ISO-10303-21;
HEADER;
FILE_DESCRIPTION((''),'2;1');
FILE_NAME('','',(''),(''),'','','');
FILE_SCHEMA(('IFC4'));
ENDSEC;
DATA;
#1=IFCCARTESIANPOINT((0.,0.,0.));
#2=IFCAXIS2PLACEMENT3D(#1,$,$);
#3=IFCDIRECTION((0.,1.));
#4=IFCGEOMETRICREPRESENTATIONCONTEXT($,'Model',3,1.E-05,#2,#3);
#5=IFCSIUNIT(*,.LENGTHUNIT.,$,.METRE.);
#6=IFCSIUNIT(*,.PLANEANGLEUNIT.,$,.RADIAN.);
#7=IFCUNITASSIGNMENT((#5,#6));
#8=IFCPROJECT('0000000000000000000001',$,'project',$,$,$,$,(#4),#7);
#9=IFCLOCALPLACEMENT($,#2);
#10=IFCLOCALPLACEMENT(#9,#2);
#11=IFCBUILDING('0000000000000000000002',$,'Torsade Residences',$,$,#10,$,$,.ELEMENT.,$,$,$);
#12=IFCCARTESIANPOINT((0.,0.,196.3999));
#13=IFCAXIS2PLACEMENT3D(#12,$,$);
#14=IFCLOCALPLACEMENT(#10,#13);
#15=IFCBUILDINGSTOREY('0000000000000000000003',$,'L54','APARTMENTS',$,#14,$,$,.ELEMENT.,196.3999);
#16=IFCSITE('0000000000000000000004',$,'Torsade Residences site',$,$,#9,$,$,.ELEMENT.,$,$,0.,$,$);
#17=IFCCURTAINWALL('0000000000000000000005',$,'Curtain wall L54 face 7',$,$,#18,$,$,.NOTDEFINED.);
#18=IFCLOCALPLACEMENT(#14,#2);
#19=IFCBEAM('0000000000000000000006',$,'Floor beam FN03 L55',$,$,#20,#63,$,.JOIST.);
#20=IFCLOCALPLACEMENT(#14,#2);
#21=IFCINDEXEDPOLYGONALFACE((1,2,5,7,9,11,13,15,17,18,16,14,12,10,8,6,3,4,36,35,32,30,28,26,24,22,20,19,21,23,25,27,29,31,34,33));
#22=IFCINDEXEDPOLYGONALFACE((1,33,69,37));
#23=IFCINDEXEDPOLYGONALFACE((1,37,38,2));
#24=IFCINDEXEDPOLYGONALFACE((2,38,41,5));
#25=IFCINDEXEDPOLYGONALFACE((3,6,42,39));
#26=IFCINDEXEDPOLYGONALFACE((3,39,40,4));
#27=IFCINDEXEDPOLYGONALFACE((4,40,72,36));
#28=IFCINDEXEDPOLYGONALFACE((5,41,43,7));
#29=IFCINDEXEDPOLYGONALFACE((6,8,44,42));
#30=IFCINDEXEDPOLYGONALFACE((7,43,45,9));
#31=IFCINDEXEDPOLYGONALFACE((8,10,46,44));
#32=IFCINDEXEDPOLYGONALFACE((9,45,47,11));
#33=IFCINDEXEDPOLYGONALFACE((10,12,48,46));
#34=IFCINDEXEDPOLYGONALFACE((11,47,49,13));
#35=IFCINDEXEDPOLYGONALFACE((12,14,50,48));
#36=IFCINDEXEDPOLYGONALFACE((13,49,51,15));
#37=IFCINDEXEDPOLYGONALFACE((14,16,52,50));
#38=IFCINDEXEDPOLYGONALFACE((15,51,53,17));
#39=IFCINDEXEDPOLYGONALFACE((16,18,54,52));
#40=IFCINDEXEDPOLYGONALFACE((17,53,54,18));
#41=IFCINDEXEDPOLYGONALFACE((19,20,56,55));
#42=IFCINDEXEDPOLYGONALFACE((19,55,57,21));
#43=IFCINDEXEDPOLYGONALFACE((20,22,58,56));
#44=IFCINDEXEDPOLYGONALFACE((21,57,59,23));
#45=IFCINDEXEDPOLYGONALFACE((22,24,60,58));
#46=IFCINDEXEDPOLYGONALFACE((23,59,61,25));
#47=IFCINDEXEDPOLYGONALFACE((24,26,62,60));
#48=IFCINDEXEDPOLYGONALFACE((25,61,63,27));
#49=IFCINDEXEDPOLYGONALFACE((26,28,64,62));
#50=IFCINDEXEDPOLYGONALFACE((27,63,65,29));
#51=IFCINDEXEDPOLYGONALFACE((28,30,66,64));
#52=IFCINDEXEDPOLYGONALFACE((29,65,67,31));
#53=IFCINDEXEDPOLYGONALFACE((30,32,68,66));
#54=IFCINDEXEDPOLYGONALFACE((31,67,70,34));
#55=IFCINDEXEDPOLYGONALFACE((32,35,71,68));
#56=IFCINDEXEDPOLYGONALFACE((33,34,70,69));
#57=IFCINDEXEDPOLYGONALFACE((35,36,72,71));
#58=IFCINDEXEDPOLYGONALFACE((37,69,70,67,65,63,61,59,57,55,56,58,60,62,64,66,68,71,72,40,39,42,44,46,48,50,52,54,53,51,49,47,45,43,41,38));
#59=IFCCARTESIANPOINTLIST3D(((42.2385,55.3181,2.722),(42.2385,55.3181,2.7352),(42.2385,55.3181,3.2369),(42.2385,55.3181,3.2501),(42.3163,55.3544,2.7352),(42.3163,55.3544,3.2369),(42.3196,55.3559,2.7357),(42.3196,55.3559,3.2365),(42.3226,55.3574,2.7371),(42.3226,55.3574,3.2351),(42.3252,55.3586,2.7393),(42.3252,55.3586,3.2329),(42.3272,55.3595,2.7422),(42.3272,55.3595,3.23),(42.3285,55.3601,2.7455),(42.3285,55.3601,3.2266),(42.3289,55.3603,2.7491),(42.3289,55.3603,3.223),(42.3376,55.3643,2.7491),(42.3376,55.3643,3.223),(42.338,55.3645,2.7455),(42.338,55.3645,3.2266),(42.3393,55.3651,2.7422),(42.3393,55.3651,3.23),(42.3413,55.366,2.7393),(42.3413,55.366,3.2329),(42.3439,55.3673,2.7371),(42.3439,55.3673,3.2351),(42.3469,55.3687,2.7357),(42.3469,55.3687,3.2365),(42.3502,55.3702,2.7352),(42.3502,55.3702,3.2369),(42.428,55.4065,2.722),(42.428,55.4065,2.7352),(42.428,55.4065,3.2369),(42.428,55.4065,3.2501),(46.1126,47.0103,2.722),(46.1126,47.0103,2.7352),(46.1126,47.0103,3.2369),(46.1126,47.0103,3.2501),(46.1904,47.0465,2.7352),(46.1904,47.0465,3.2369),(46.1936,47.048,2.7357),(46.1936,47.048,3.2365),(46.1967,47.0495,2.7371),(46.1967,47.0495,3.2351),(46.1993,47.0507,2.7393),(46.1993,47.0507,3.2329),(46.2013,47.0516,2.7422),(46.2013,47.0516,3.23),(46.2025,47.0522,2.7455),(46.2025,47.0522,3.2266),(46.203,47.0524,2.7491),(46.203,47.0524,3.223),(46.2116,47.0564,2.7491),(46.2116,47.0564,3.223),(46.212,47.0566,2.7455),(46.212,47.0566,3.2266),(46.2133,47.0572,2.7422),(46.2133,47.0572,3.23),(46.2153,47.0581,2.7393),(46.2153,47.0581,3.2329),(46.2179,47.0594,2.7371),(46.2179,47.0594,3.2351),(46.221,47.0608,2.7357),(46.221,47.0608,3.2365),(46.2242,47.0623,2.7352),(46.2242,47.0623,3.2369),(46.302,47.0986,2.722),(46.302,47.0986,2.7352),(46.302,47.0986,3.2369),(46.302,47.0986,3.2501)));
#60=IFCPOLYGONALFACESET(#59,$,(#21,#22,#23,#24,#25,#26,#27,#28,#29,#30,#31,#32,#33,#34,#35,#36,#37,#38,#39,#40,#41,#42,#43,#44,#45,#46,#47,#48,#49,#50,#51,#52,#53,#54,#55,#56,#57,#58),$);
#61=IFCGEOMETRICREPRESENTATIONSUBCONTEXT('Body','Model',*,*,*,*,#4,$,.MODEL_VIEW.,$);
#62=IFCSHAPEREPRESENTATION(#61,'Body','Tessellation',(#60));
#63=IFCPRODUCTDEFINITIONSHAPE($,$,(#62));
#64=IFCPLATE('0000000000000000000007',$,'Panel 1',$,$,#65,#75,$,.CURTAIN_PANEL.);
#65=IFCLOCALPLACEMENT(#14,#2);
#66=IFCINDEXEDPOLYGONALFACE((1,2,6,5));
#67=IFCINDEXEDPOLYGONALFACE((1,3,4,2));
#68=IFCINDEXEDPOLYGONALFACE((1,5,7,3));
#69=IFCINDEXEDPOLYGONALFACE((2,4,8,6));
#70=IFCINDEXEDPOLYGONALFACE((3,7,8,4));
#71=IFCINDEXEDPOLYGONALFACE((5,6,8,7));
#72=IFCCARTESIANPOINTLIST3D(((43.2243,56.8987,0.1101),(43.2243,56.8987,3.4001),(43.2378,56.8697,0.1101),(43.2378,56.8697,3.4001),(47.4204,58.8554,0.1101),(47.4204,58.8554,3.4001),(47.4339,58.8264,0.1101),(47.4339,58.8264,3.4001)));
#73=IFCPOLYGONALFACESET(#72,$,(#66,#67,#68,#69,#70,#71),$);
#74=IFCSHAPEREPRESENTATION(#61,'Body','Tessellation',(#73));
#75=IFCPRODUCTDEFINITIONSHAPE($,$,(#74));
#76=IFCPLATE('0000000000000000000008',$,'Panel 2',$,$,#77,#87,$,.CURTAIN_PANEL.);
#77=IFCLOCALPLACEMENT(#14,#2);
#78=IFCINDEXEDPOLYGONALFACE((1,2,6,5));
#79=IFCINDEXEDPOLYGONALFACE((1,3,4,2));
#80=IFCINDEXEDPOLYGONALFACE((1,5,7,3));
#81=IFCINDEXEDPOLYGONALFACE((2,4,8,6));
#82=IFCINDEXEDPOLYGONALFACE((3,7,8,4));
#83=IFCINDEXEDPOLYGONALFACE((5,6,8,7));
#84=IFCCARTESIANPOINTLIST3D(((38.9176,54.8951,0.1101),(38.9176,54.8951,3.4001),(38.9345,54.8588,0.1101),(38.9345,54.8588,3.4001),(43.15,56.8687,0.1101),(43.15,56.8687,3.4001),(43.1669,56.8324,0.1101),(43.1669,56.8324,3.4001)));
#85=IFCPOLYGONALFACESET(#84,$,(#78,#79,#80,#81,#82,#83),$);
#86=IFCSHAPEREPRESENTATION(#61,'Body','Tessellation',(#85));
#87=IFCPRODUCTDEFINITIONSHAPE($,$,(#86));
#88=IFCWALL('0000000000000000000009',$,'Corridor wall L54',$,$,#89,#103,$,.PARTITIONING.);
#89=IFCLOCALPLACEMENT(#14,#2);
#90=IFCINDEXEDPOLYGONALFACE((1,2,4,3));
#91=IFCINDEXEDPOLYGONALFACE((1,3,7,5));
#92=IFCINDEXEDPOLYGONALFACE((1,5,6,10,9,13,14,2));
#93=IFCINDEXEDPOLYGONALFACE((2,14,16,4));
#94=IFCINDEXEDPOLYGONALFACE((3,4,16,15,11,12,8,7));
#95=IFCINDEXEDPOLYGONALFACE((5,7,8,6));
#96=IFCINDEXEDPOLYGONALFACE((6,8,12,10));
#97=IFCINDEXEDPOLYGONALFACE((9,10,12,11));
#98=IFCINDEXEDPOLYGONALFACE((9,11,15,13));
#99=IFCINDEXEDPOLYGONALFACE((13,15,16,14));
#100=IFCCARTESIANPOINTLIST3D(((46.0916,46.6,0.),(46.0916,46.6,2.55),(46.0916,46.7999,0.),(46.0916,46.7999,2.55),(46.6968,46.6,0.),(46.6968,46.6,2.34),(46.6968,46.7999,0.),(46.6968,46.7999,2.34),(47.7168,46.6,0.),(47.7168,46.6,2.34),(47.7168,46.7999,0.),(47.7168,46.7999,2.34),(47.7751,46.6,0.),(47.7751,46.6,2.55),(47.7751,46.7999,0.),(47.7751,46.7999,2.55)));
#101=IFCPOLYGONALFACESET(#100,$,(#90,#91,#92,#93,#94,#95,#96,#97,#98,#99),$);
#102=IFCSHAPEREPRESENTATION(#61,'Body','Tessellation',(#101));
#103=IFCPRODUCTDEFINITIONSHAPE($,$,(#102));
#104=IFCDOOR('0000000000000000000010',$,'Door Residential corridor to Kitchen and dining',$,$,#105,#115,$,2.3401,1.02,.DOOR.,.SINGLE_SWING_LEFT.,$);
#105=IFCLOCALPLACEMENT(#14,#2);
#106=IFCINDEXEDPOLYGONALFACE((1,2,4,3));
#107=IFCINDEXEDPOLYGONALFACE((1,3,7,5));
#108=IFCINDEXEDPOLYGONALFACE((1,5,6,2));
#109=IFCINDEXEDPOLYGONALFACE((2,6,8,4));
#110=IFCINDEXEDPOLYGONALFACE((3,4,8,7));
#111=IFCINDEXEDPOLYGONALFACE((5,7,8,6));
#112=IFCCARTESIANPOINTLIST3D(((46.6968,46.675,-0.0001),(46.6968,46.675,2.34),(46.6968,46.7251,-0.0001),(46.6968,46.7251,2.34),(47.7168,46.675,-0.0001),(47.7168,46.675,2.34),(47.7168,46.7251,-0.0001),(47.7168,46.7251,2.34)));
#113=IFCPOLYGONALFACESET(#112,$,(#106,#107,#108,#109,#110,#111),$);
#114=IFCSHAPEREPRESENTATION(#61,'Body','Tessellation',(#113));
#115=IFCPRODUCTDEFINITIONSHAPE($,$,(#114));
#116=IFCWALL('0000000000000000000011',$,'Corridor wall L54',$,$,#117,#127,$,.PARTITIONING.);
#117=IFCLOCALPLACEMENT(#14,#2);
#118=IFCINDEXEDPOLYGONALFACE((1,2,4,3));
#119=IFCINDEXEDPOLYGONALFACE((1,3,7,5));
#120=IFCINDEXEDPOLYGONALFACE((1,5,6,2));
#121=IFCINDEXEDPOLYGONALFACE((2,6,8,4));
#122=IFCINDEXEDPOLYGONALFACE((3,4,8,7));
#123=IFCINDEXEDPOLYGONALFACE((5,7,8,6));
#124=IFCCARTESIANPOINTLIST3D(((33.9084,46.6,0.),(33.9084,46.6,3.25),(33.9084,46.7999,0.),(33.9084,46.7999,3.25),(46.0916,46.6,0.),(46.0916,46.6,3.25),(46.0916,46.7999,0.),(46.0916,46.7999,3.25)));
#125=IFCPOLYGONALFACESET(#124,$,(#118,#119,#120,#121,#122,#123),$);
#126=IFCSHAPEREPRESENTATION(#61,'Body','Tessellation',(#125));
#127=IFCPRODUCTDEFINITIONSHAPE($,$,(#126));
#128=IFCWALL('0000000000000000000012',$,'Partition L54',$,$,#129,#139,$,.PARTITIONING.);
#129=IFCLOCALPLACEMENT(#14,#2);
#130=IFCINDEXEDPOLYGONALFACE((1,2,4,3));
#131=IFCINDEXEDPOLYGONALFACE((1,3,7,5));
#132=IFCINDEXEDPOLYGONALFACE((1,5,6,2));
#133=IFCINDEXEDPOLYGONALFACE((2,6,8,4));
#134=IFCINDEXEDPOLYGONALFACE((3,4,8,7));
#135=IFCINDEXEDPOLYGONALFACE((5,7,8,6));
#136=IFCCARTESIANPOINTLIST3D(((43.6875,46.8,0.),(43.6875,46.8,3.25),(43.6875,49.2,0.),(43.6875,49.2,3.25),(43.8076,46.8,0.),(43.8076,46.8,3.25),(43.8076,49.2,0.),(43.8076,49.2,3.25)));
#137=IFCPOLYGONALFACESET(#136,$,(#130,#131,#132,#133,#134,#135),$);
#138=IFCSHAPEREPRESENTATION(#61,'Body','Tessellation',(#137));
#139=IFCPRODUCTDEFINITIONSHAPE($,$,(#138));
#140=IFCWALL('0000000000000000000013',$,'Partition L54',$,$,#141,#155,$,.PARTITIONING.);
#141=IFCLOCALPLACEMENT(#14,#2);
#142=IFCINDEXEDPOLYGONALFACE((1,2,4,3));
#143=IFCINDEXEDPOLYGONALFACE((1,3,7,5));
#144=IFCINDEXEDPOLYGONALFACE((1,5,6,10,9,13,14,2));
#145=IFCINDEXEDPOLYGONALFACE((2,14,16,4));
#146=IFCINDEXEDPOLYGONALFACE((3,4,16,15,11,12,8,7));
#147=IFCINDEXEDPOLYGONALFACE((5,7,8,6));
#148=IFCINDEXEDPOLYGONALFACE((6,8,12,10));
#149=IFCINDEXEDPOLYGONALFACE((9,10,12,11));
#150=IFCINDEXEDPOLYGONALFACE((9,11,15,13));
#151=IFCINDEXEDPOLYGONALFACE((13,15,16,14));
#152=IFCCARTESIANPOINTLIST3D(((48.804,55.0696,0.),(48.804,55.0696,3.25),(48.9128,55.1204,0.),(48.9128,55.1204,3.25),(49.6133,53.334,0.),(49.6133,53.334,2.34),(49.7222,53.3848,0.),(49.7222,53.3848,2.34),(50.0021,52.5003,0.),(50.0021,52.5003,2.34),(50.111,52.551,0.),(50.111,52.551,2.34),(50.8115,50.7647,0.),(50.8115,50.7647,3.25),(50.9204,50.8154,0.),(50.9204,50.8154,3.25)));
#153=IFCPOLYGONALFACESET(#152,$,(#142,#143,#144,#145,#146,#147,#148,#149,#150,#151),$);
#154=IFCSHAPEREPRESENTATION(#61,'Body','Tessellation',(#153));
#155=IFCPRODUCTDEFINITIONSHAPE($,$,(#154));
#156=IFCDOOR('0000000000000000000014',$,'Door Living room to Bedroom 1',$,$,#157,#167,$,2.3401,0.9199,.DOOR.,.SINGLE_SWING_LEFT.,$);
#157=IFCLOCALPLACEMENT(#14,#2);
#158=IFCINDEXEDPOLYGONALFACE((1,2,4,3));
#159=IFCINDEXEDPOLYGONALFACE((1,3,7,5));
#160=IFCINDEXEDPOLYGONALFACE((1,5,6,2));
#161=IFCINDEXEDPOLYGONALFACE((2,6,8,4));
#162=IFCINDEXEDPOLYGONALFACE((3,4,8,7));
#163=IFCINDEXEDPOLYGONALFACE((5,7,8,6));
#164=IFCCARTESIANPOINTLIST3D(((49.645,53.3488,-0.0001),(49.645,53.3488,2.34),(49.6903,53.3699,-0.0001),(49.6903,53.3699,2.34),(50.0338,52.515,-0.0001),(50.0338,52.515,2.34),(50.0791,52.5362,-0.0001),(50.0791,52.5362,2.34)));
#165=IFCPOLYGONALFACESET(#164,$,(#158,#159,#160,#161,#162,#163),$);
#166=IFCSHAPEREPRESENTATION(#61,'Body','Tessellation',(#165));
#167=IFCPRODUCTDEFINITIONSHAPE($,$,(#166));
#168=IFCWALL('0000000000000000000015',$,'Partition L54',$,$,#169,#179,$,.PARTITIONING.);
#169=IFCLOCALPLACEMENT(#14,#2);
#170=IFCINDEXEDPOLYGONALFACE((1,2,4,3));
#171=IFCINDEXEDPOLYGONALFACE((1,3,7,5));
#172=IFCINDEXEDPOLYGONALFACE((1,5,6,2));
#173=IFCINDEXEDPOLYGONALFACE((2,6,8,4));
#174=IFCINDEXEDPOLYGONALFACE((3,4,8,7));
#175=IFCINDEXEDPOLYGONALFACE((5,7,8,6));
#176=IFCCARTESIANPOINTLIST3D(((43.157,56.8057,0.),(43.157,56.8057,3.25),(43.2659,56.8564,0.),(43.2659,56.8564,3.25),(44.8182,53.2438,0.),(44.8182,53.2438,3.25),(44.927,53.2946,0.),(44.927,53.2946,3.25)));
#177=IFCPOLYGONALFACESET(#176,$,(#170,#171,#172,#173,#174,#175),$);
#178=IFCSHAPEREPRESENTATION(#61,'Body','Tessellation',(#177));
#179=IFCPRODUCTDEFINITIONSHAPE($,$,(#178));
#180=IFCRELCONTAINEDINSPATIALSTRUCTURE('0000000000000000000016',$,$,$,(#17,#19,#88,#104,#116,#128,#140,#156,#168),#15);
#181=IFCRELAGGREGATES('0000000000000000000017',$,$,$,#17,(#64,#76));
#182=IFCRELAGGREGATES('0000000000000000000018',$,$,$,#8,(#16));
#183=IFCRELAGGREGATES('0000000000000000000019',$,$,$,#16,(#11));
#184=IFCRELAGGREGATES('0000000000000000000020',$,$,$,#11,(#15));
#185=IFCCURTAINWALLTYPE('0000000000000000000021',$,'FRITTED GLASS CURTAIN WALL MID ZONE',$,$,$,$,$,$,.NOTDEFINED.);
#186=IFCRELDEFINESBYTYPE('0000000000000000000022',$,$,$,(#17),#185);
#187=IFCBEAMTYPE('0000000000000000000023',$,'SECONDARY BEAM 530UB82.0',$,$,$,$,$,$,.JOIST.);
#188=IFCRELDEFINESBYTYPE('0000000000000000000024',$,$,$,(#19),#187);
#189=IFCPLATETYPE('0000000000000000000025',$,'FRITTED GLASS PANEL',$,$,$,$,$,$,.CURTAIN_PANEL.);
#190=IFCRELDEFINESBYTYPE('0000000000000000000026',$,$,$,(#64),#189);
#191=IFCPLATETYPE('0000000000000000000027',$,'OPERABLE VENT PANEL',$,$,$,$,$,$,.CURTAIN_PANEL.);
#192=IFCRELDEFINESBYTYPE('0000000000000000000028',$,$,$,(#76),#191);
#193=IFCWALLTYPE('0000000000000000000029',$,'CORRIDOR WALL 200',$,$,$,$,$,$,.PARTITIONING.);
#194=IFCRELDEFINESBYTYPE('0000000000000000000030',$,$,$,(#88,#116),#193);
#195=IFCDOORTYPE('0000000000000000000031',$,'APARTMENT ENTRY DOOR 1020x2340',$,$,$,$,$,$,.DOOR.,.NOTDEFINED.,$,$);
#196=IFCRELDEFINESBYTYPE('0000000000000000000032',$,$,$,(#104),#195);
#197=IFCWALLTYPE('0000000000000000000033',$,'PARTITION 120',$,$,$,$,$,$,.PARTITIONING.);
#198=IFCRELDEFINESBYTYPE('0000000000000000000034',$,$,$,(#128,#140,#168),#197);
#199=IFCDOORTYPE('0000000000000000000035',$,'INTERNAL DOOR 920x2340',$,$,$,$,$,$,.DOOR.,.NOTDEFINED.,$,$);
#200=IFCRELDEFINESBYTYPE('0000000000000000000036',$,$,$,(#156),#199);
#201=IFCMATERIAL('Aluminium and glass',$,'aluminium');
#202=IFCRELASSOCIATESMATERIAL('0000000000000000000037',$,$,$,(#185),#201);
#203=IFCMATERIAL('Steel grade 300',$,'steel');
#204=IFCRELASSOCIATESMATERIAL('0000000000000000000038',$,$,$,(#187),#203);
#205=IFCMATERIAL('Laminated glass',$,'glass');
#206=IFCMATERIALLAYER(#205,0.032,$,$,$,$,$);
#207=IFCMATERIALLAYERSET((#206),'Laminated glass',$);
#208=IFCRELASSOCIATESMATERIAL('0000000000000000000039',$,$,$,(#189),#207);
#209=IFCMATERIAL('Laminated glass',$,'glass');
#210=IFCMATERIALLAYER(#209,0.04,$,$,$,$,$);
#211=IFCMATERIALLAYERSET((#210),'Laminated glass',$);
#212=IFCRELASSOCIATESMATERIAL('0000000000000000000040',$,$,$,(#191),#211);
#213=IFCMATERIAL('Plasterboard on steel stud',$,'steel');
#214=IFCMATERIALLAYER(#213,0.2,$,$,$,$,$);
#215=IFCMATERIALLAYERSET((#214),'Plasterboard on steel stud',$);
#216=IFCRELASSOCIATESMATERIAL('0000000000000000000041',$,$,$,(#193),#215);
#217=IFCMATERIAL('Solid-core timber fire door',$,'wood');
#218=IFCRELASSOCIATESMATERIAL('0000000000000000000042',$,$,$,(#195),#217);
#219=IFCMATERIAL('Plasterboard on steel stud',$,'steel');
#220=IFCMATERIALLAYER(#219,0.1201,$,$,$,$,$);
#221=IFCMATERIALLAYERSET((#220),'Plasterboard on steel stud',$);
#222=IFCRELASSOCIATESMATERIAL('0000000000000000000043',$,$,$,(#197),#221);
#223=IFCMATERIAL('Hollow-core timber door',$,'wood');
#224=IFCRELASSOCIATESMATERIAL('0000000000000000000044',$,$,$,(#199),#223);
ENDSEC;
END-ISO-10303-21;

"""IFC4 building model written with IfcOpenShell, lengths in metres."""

from ifc_helpers import new_model, si_unit, direction, frame, frame_2d, origin, origin_2d, place, context, subcontext, project, spatial, rectangle, i_section, extrude, material, layer, layer_set, material_profile, profile_set, type_object, element, fill, aggregate, save


model = new_model("IFC4")

# Units and contexts
model_context = context("Model", 3, precision=1e-05, world=origin(), true_north=direction((0.0, 1.0)))
body_context = subcontext(model_context, "Body", "Model", "MODEL_VIEW")
ifc_project = project(units=[si_unit("LENGTHUNIT", "METRE"), si_unit("PLANEANGLEUNIT", "RADIAN")], contexts=[model_context])

# Site, building, storey
site_placement = place(None, origin())
site = spatial("IfcSite", under=ifc_project, at=site_placement, Name="Torsade Residences site", CompositionType="ELEMENT", RefElevation=0.0)
building_placement = place(site_placement, origin())
building = spatial("IfcBuilding", under=site, at=building_placement, Name="Torsade Residences", CompositionType="ELEMENT")
storey_placement = place(building_placement, frame((0.0, 0.0, 196.3999)))
storey = spatial("IfcBuildingStorey", under=building, at=storey_placement, Name="L54", Description="APARTMENTS", CompositionType="ELEMENT", Elevation=196.3999)

# Curtain wall
ifc_material_1 = material(Name="Aluminium and glass", Category="aluminium")
curtain_wall_type = type_object("IfcCurtainWallType", Name="FRITTED GLASS CURTAIN WALL MID ZONE", PredefinedType="NOTDEFINED", material=ifc_material_1)
curtain_wall_placement = place(storey_placement, origin())
curtain_wall = element("IfcCurtainWall", 1, at=curtain_wall_placement, inside=storey, type_object=curtain_wall_type, Name="Curtain wall L54 face 7", PredefinedType="NOTDEFINED")

# Beam
ifc_material_2 = material(Name="Steel grade 300", Category="steel")
ifc_material_profile_1 = material_profile(ifc_material_2, i_section(OverallWidth=0.209, OverallDepth=0.5281, WebThickness=0.0095, FlangeThickness=0.0132, FilletRadius=0.0139, at=origin_2d()), Name="530UB82.0")
ifc_profile_set_1 = profile_set([ifc_material_profile_1], Name="Steel grade 300")
beam_type_1 = type_object("IfcBeamType", Name="SECONDARY BEAM 530UB82.0", PredefinedType="JOIST", material=ifc_profile_set_1)
beam_1_placement = place(storey_placement, frame((42.3333, 55.3623, 2.9861), z_axis=(0.422619, -0.906308, 0.0), x_axis=(0.906308, 0.422619, 0.0)))
element("IfcBeam", 2, at=beam_1_placement, inside=storey, type_object=beam_type_1, Name="Floor beam FN03 L55", PredefinedType="JOIST", context=body_context, shape_type="SweptSolid", body=[
    extrude(i_section(OverallWidth=0.209, OverallDepth=0.5281, WebThickness=0.0095, FlangeThickness=0.0132, FilletRadius=0.0139, at=origin_2d()), origin(), (0.0, 0.0, 1.0), 9.1667),
])

# Plates
ifc_material_3 = material(Name="Laminated glass", Category="glass")
ifc_layer_1 = layer(ifc_material_3, 0.032)
ifc_layer_set_1 = layer_set([ifc_layer_1], Name="Laminated glass")
plate_type_1 = type_object("IfcPlateType", Name="FRITTED GLASS PANEL", PredefinedType="CURTAIN_PANEL", material=ifc_layer_set_1)
plate_1_placement = place(storey_placement, frame((45.3291, 57.8625, 0.1101), z_axis=(0.0, 0.0, 1.0), x_axis=(-0.906308, -0.422618, 0.0)))
plate_1 = element("IfcPlate", 3, at=plate_1_placement, type_object=plate_type_1, Name="Panel 1", PredefinedType="CURTAIN_PANEL", context=body_context, shape_type="SweptSolid", body=[
    extrude(rectangle(XDim=4.6299, YDim=0.032, at=origin_2d()), origin(), (0.0, 0.0, 1.0), 3.29),
])
ifc_material_4 = material(Name="Laminated glass", Category="glass")
ifc_layer_2 = layer(ifc_material_4, 0.04)
ifc_layer_set_2 = layer_set([ifc_layer_2], Name="Laminated glass")
plate_type_2 = type_object("IfcPlateType", Name="OPERABLE VENT PANEL", PredefinedType="CURTAIN_PANEL", material=ifc_layer_set_2)
plate_2_placement = place(storey_placement, frame((41.0422, 55.8638, 0.1101), z_axis=(0.0, 0.0, 1.0), x_axis=(-0.906308, -0.422618, 0.0)))
plate_2 = element("IfcPlate", 4, at=plate_2_placement, type_object=plate_type_2, Name="Panel 2", PredefinedType="CURTAIN_PANEL", context=body_context, shape_type="SweptSolid", body=[
    extrude(rectangle(XDim=4.6699, YDim=0.04, at=origin_2d()), origin(), (0.0, 0.0, 1.0), 3.29),
])
aggregate(curtain_wall, [plate_1, plate_2])

# Wall, opening, door
ifc_material_5 = material(Name="Plasterboard on steel stud", Category="steel")
ifc_layer_3 = layer(ifc_material_5, 0.2)
ifc_layer_set_3 = layer_set([ifc_layer_3], Name="Plasterboard on steel stud")
wall_type_1 = type_object("IfcWallType", Name="CORRIDOR WALL 200", PredefinedType="PARTITIONING", material=ifc_layer_set_3)
wall_1_placement = place(storey_placement, frame((47.7751, 46.7, 0.0), z_axis=(0.0, 0.0, 1.0), x_axis=(-1.0, 0.0, 0.0)))
wall_1 = element("IfcWall", 5, at=wall_1_placement, inside=storey, type_object=wall_type_1, Name="Corridor wall L54", PredefinedType="PARTITIONING", context=body_context, shape_type="SweptSolid", body=[
    extrude(rectangle(XDim=1.6836, YDim=0.2, at=frame_2d((0.8418, 0.0))), origin(), (0.0, 0.0, 1.0), 2.55),
])
opening_1_placement = place(wall_1_placement, frame((0.0583, 0.0, 0.0)))
opening_1 = element("IfcOpeningElement", 6, at=opening_1_placement, cuts=wall_1, PredefinedType="OPENING", context=body_context, shape_type="SweptSolid", body=[
    extrude(rectangle(XDim=1.02, YDim=2.3401, at=frame_2d((0.51, 1.1699))), frame((0.0, 0.1099, 0.0), z_axis=(0.0, -1.0, 0.0), x_axis=(1.0, 0.0, 0.0)), (0.0, 0.0, 1.0), 0.22),
])
ifc_material_6 = material(Name="Solid-core timber fire door", Category="wood")
door_type_1 = type_object("IfcDoorType", Name="APARTMENT ENTRY DOOR 1020x2340", OperationType="NOTDEFINED", PredefinedType="DOOR", material=ifc_material_6)
door_1_placement = place(opening_1_placement, origin())
door_1 = element("IfcDoor", 7, at=door_1_placement, inside=storey, type_object=door_type_1, Name="Door Residential corridor to Kitchen and dining", OperationType="SINGLE_SWING_LEFT", OverallHeight=2.3401, OverallWidth=1.02, PredefinedType="DOOR", context=body_context, shape_type="SweptSolid", body=[
    extrude(rectangle(XDim=1.02, YDim=2.3401, at=frame_2d((0.51, 1.1699))), frame((0.0, 0.0249, 0.0), z_axis=(0.0, -1.0, 0.0), x_axis=(1.0, 0.0, 0.0)), (0.0, 0.0, 1.0), 0.05),
])
fill(opening_1, door_1)

# Walls
wall_2_placement = place(storey_placement, frame((46.0916, 46.7, 0.0), z_axis=(0.0, 0.0, 1.0), x_axis=(-1.0, 0.0, 0.0)))
element("IfcWall", 8, at=wall_2_placement, inside=storey, type_object=wall_type_1, Name="Corridor wall L54", PredefinedType="PARTITIONING", context=body_context, shape_type="SweptSolid", body=[
    extrude(rectangle(XDim=12.1831, YDim=0.2, at=frame_2d((6.0916, 0.0))), origin(), (0.0, 0.0, 1.0), 3.25),
])
ifc_material_7 = material(Name="Plasterboard on steel stud", Category="steel")
ifc_layer_4 = layer(ifc_material_7, 0.1201)
ifc_layer_set_4 = layer_set([ifc_layer_4], Name="Plasterboard on steel stud")
wall_type_2 = type_object("IfcWallType", Name="PARTITION 120", PredefinedType="PARTITIONING", material=ifc_layer_set_4)
wall_3_placement = place(storey_placement, frame((43.7476, 46.8, 0.0), z_axis=(0.0, 0.0, 1.0), x_axis=(0.0, 1.0, 0.0)))
element("IfcWall", 9, at=wall_3_placement, inside=storey, type_object=wall_type_2, Name="Partition L54", PredefinedType="PARTITIONING", context=body_context, shape_type="SweptSolid", body=[
    extrude(rectangle(XDim=2.3999, YDim=0.1201, at=frame_2d((1.2, 0.0))), origin(), (0.0, 0.0, 1.0), 3.25),
])

# Wall, opening, door
wall_4_placement = place(storey_placement, frame((48.8584, 55.095, 0.0), z_axis=(0.0, 0.0, 1.0), x_axis=(0.422643, -0.906296, 0.0)))
wall_4 = element("IfcWall", 10, at=wall_4_placement, inside=storey, type_object=wall_type_2, Name="Partition L54", PredefinedType="PARTITIONING", context=body_context, shape_type="SweptSolid", body=[
    extrude(rectangle(XDim=4.75, YDim=0.1201, at=frame_2d((2.375, 0.0))), origin(), (0.0, 0.0, 1.0), 3.25),
])
opening_2_placement = place(wall_4_placement, frame((1.915, 0.0, 0.0)))
opening_2 = element("IfcOpeningElement", 11, at=opening_2_placement, cuts=wall_4, PredefinedType="OPENING", context=body_context, shape_type="SweptSolid", body=[
    extrude(rectangle(XDim=0.9199, YDim=2.3401, at=frame_2d((0.46, 1.1699))), frame((0.0, 0.0701, 0.0), z_axis=(0.0, -1.0, 0.0), x_axis=(1.0, 0.0, 0.0)), (0.0, 0.0, 1.0), 0.1401),
])
ifc_material_8 = material(Name="Hollow-core timber door", Category="wood")
door_type_2 = type_object("IfcDoorType", Name="INTERNAL DOOR 920x2340", OperationType="NOTDEFINED", PredefinedType="DOOR", material=ifc_material_8)
door_2_placement = place(opening_2_placement, origin())
door_2 = element("IfcDoor", 12, at=door_2_placement, inside=storey, type_object=door_type_2, Name="Door Living room to Bedroom 1", OperationType="SINGLE_SWING_LEFT", OverallHeight=2.3401, OverallWidth=0.9199, PredefinedType="DOOR", context=body_context, shape_type="SweptSolid", body=[
    extrude(rectangle(XDim=0.9199, YDim=2.3401, at=frame_2d((0.46, 1.1699))), frame((0.0, 0.0249, 0.0), z_axis=(0.0, -1.0, 0.0), x_axis=(1.0, 0.0, 0.0)), (0.0, 0.0, 1.0), 0.05),
])
fill(opening_2, door_2)

# Wall
wall_5_placement = place(storey_placement, frame((43.2114, 56.8311, 0.0), z_axis=(0.0, 0.0, 1.0), x_axis=(0.422671, -0.906283, 0.0)))
element("IfcWall", 13, at=wall_5_placement, inside=storey, type_object=wall_type_2, Name="Partition L54", PredefinedType="PARTITIONING", context=body_context, shape_type="SweptSolid", body=[
    extrude(rectangle(XDim=3.9302, YDim=0.1201, at=frame_2d((1.9651, 0.0))), origin(), (0.0, 0.0, 1.0), 3.25),
])

save(model, "model.ifc")
